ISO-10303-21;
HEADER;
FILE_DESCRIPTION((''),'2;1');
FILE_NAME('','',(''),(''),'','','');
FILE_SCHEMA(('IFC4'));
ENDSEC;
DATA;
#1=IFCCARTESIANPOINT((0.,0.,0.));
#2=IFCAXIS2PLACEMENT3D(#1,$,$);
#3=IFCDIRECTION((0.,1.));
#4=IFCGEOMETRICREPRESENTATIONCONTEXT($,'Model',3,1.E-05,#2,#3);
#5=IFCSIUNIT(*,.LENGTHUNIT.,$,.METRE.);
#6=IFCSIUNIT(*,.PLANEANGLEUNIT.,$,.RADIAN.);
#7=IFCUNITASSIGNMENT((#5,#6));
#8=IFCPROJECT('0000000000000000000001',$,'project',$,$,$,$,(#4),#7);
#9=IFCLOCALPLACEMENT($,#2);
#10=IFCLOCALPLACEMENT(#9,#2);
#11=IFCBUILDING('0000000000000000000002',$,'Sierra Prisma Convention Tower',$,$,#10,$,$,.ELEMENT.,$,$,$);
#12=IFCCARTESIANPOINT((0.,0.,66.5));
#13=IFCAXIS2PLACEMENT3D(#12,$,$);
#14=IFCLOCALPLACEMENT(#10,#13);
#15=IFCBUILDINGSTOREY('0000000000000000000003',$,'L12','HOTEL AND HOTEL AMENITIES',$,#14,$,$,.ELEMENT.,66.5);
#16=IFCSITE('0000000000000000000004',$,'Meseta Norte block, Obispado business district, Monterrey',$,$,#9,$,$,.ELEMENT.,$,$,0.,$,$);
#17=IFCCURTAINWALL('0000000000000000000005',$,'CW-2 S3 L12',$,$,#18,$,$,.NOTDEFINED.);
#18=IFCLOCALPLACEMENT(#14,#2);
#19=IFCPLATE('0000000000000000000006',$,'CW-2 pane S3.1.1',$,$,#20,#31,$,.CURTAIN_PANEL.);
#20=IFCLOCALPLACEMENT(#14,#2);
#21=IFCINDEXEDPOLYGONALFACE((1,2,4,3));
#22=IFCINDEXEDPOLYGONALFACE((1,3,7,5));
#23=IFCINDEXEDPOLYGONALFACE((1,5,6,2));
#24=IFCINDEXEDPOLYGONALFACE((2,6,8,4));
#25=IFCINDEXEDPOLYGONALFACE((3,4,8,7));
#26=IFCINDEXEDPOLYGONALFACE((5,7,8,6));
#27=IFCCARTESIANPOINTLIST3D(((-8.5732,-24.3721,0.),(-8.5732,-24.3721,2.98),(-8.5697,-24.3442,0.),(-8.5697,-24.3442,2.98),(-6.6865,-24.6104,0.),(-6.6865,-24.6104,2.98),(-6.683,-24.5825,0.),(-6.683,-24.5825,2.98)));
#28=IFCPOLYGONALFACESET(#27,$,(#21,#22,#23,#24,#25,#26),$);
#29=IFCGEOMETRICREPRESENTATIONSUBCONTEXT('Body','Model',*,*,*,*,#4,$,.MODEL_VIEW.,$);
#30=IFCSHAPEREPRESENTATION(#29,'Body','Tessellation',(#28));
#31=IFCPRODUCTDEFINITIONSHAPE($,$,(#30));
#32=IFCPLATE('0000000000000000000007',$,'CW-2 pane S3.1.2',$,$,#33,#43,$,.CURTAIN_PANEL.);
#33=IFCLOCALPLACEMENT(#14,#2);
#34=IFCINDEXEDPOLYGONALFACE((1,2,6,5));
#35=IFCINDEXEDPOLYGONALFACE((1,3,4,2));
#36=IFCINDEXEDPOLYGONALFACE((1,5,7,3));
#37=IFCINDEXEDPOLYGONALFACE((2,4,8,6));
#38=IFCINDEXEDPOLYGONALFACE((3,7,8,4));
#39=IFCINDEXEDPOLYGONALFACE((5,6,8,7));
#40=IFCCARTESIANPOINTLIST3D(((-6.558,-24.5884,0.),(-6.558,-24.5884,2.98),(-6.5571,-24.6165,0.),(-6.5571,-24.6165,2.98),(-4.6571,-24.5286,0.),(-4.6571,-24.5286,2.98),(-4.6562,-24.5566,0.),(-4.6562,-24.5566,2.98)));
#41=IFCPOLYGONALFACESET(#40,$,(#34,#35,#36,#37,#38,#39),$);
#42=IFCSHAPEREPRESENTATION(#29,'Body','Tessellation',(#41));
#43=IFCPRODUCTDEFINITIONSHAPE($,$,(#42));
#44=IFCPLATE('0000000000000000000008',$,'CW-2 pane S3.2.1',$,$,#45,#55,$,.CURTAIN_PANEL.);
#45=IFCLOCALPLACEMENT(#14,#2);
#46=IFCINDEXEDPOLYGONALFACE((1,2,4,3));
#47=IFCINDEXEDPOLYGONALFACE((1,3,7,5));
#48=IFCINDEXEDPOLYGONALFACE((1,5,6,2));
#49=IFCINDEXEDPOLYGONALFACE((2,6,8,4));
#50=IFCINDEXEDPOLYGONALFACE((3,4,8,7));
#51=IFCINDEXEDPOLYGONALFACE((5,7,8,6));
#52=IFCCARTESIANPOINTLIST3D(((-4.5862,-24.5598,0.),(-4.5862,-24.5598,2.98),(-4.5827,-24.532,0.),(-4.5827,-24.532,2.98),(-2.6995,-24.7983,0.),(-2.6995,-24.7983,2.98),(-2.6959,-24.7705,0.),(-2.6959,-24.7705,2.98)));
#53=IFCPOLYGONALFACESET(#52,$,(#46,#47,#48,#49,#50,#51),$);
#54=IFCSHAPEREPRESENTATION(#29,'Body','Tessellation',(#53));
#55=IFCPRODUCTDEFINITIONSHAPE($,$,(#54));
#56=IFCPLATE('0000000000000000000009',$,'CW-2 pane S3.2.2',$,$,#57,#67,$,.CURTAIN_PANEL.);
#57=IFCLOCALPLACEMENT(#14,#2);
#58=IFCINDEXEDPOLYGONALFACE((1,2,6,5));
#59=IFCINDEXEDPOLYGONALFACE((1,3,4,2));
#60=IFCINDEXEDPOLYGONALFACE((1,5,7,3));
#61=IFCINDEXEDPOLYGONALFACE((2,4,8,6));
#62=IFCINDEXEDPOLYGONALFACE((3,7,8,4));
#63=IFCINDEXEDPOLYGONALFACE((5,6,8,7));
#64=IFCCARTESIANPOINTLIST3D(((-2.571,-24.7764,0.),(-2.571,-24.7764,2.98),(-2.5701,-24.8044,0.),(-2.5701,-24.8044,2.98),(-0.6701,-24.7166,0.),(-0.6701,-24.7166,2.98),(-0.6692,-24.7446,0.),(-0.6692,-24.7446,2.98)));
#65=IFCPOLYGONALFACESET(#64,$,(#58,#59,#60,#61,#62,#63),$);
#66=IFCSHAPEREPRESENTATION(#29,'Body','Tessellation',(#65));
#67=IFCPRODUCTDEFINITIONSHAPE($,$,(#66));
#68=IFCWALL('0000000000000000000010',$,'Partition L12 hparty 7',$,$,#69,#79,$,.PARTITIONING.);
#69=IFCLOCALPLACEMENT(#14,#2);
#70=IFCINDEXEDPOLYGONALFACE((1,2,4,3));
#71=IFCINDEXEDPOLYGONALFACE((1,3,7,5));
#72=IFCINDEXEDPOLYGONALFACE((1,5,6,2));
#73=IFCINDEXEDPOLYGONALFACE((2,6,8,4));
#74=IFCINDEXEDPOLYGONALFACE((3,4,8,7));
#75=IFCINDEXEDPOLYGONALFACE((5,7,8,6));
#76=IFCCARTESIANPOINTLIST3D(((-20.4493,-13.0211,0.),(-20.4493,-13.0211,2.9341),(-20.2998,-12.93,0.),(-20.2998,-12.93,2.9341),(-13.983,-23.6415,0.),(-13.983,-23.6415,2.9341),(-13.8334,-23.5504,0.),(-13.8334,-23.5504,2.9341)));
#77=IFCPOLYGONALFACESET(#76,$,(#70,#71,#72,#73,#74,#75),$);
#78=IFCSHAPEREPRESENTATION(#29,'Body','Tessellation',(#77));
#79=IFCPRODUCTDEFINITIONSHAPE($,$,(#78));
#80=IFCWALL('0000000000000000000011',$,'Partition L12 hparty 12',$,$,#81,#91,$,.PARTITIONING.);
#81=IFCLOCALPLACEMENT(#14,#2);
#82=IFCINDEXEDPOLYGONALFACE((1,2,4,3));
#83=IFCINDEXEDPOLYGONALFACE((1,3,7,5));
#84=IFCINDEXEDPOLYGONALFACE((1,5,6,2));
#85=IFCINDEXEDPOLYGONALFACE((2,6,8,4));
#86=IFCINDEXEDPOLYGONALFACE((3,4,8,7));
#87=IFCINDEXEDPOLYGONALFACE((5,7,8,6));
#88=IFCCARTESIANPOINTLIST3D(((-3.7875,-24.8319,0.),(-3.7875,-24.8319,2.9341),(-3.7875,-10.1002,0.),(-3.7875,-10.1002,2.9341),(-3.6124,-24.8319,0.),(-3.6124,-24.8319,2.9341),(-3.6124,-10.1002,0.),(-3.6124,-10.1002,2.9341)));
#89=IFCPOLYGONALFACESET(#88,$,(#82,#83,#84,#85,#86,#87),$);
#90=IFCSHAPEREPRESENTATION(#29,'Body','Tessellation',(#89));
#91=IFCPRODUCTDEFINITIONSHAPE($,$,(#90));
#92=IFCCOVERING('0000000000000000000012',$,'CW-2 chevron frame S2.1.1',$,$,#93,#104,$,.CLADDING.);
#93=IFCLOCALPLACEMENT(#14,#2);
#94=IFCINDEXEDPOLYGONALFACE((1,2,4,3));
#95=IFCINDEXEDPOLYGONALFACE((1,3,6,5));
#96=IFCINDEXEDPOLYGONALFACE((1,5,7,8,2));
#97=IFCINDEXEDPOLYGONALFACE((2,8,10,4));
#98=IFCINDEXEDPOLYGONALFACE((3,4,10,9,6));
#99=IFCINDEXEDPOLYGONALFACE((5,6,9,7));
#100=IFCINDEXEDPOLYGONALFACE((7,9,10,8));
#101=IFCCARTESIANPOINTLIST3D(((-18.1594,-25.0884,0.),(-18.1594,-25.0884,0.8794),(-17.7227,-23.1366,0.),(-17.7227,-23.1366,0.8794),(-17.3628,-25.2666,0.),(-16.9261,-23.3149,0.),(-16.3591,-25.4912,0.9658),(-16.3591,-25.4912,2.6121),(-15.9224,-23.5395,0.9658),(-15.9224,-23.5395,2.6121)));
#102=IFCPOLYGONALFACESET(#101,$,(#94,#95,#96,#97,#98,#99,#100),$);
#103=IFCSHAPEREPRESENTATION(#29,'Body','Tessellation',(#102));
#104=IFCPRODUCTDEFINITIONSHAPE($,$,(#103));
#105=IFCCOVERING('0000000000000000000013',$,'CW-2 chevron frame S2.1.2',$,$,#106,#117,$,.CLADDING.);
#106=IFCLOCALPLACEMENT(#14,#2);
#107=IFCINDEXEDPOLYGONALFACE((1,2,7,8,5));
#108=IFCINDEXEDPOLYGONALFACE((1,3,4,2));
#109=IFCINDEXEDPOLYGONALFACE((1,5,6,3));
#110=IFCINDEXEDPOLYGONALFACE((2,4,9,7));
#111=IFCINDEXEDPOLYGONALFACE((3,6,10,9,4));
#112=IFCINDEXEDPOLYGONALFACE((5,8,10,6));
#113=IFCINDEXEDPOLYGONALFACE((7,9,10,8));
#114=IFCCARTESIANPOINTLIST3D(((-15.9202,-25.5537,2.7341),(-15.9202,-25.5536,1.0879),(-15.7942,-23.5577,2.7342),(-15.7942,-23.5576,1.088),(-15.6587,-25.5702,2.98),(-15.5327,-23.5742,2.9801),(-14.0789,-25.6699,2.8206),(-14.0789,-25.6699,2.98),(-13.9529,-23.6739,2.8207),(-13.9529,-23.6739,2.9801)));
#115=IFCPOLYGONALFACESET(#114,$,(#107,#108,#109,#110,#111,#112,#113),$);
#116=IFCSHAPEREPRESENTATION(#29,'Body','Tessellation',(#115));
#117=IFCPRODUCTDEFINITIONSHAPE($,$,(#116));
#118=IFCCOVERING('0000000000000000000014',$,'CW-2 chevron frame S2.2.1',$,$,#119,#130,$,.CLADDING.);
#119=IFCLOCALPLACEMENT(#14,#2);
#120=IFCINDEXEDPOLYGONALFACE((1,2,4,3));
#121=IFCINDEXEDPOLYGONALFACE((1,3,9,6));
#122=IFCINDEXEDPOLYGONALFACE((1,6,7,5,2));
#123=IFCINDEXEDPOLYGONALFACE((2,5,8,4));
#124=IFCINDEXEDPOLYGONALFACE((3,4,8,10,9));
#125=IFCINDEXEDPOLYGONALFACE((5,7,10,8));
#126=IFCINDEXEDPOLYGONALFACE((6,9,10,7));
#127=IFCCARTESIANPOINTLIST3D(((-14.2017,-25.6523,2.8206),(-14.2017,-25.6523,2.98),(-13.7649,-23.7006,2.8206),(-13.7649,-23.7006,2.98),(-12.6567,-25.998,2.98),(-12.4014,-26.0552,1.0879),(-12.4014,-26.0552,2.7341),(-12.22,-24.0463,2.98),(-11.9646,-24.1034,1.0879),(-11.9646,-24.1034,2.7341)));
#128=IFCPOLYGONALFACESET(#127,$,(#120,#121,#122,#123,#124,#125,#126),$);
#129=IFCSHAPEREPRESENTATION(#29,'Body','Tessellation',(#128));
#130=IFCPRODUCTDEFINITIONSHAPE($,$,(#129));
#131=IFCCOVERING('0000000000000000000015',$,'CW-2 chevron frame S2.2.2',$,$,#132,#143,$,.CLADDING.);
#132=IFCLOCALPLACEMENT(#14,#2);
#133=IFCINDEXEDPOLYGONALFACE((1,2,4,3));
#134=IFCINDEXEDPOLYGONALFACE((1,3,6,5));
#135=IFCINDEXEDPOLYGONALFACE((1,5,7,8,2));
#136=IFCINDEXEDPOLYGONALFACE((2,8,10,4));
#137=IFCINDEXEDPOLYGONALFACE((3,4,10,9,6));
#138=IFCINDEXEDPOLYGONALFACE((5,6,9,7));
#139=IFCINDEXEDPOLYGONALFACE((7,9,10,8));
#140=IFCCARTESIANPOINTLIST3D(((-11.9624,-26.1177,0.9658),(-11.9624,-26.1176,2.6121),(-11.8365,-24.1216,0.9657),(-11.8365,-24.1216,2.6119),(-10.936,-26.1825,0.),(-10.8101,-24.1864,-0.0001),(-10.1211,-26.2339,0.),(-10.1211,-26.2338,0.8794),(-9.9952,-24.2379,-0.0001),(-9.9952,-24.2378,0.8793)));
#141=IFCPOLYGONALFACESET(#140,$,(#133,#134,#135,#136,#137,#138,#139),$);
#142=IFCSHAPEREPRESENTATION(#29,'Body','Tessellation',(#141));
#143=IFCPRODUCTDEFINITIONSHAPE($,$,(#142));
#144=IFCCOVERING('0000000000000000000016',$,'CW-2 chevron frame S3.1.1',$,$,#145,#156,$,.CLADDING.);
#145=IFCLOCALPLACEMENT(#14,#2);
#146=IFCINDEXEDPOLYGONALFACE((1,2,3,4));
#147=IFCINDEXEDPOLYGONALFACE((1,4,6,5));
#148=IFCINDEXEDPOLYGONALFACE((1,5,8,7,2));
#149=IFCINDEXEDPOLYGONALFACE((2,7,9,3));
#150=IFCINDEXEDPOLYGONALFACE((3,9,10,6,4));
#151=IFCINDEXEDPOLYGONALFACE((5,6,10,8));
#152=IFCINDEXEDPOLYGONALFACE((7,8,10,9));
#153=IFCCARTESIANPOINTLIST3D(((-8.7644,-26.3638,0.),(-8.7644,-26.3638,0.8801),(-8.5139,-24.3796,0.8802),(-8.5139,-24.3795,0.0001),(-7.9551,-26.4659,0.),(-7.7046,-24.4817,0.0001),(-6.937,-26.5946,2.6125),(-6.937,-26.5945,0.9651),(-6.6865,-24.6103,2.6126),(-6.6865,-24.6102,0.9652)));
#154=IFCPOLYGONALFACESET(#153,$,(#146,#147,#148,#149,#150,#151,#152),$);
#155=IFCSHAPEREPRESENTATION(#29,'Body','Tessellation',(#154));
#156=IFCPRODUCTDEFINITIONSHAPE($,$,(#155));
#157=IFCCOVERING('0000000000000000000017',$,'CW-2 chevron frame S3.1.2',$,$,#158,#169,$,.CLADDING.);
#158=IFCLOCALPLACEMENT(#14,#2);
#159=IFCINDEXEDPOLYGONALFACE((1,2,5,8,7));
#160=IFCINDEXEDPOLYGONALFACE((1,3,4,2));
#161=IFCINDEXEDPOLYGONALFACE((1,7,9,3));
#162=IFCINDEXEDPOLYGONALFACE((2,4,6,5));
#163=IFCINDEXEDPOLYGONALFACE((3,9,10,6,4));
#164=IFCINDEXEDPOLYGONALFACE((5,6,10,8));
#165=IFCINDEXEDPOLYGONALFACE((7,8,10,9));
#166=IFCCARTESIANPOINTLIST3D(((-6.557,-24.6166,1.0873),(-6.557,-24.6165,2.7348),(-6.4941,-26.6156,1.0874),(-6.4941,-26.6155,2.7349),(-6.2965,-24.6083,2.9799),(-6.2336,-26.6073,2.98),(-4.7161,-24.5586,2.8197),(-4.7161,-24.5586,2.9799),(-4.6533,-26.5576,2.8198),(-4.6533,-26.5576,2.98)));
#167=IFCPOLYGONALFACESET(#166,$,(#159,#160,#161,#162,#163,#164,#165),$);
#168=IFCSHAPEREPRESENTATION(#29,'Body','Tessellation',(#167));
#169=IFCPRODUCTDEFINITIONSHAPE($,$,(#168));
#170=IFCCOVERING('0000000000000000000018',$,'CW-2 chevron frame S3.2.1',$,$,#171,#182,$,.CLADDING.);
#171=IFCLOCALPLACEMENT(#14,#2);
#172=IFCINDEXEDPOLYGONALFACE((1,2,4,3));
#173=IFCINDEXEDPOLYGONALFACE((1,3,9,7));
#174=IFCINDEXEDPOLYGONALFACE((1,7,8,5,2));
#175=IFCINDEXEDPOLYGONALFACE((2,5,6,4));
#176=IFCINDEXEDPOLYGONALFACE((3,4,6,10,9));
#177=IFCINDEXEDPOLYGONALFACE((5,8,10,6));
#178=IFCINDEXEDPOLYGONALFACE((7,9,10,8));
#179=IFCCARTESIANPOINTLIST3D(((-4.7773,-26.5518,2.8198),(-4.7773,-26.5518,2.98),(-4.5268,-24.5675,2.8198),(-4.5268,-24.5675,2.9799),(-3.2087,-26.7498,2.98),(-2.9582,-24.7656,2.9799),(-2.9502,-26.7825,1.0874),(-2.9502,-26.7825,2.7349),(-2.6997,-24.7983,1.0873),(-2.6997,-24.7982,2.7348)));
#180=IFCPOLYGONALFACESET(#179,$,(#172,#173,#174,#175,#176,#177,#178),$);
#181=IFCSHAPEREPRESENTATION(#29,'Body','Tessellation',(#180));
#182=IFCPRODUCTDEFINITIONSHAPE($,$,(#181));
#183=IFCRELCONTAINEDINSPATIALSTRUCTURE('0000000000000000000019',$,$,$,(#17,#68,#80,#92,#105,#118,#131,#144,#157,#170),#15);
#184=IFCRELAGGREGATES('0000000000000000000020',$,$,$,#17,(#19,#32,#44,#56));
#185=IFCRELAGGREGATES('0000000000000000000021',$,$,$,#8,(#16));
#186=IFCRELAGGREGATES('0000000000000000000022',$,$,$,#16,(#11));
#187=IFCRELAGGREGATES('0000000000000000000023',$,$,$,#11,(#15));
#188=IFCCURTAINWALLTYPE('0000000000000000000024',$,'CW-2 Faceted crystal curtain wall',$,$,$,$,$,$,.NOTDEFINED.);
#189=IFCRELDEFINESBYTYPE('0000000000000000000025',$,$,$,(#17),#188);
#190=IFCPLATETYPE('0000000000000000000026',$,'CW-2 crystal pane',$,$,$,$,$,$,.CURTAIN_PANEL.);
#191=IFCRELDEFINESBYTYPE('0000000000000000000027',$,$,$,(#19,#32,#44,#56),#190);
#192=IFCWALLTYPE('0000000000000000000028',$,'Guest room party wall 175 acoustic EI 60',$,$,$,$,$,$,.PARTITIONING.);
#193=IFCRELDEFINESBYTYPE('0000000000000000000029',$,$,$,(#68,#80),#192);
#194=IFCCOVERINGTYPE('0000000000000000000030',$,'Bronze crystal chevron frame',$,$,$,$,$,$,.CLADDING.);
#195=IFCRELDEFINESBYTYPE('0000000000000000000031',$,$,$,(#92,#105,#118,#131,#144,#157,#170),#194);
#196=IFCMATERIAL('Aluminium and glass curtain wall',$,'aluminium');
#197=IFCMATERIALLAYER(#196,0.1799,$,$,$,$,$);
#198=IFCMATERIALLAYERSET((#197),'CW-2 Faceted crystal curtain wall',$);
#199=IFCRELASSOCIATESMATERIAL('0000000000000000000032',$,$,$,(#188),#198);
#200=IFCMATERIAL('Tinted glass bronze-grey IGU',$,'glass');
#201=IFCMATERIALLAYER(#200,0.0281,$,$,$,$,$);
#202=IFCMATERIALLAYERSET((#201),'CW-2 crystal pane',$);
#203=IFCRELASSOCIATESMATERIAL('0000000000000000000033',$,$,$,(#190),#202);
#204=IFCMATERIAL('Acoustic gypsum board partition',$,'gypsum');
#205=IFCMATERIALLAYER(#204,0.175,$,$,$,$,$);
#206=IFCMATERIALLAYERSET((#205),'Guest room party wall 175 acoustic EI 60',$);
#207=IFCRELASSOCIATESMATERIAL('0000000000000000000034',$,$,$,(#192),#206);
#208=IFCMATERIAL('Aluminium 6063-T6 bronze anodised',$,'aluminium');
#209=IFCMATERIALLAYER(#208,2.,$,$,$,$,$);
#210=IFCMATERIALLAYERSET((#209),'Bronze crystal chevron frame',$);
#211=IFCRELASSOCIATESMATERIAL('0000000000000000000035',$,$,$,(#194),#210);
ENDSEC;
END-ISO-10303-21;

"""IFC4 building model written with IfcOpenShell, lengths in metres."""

from ifc_helpers import new_model, si_unit, direction, frame, frame_2d, origin, place, context, subcontext, project, spatial, polyline, rectangle, outline, extrude, material, layer, layer_set, type_object, element, aggregate, save


model = new_model("IFC4")

# Units and contexts
model_context = context("Model", 3, precision=1e-05, world=origin(), true_north=direction((0.0, 1.0)))
body_context = subcontext(model_context, "Body", "Model", "MODEL_VIEW")
ifc_project = project(units=[si_unit("LENGTHUNIT", "METRE"), si_unit("PLANEANGLEUNIT", "RADIAN")], contexts=[model_context])

# Site, building, storey
site_placement = place(None, origin())
site = spatial("IfcSite", under=ifc_project, at=site_placement, Name="Meseta Norte block, Obispado business district, Monterrey", CompositionType="ELEMENT", RefElevation=0.0)
building_placement = place(site_placement, origin())
building = spatial("IfcBuilding", under=site, at=building_placement, Name="Sierra Prisma Convention Tower", CompositionType="ELEMENT")
storey_placement = place(building_placement, frame((0.0, 0.0, 66.5)))
storey = spatial("IfcBuildingStorey", under=building, at=storey_placement, Name="L12", Description="HOTEL AND HOTEL AMENITIES", CompositionType="ELEMENT", Elevation=66.5)

# Curtain wall
ifc_material_1 = material(Name="Aluminium and glass curtain wall", Category="aluminium")
ifc_layer_1 = layer(ifc_material_1, 0.1799)
ifc_layer_set_1 = layer_set([ifc_layer_1], Name="CW-2 Faceted crystal curtain wall")
curtain_wall_type = type_object("IfcCurtainWallType", Name="CW-2 Faceted crystal curtain wall", PredefinedType="NOTDEFINED", material=ifc_layer_set_1)
curtain_wall_1_placement = place(storey_placement, origin())
curtain_wall_1 = element("IfcCurtainWall", 1, at=curtain_wall_1_placement, inside=storey, type_object=curtain_wall_type, Name="CW-2 S3 L12", PredefinedType="NOTDEFINED")

# Plates
ifc_material_2 = material(Name="Tinted glass bronze-grey IGU", Category="glass")
ifc_layer_2 = layer(ifc_material_2, 0.0281)
ifc_layer_set_2 = layer_set([ifc_layer_2], Name="CW-2 crystal pane")
plate_type = type_object("IfcPlateType", Name="CW-2 crystal pane", PredefinedType="CURTAIN_PANEL", material=ifc_layer_set_2)
plate_1_placement = place(storey_placement, frame((-8.5732, -24.3721, 0.0), z_axis=(-0.125299, -0.992119, 0.0), x_axis=(0.992119, -0.125299, 0.0)))
plate_1 = element("IfcPlate", 2, at=plate_1_placement, type_object=plate_type, Name="CW-2 pane S3.1.1", PredefinedType="CURTAIN_PANEL", context=body_context, shape_type="SweptSolid", body=[
    extrude(outline(polyline([(0.0, 0.0), (1.9017, 0.0), (1.9017, 2.98), (0.0, 2.98), (0.0, 0.0)])), origin(), (0.0, 0.0, -1.0), 0.0281),
])
plate_2_placement = place(storey_placement, frame((-4.6562, -24.5566, 0.0), z_axis=(0.031451, -0.999505, 0.0), x_axis=(-0.999505, -0.031451, 0.0)))
plate_2 = element("IfcPlate", 3, at=plate_2_placement, type_object=plate_type, Name="CW-2 pane S3.1.2", PredefinedType="CURTAIN_PANEL", context=body_context, shape_type="SweptSolid", body=[
    extrude(outline(polyline([(0.0, 0.0), (1.9018, 0.0), (1.9018, -2.98), (0.0, -2.98), (0.0, 0.0)])), origin(), (0.0, 0.0, -1.0), 0.0281),
])
plate_3_placement = place(storey_placement, frame((-4.5862, -24.5598, 0.0), z_axis=(-0.125425, -0.992103, 0.0), x_axis=(0.992103, -0.125425, 0.0)))
plate_3 = element("IfcPlate", 4, at=plate_3_placement, type_object=plate_type, Name="CW-2 pane S3.2.1", PredefinedType="CURTAIN_PANEL", context=body_context, shape_type="SweptSolid", body=[
    extrude(outline(polyline([(0.0, 0.0), (1.9017, 0.0), (1.9017, 2.98), (0.0, 2.98), (0.0, 0.0)])), origin(), (0.0, 0.0, -1.0), 0.0281),
])
plate_4_placement = place(storey_placement, frame((-0.6692, -24.7446, 0.0), z_axis=(0.031451, -0.999505, 0.0), x_axis=(-0.999505, -0.031451, 0.0)))
plate_4 = element("IfcPlate", 5, at=plate_4_placement, type_object=plate_type, Name="CW-2 pane S3.2.2", PredefinedType="CURTAIN_PANEL", context=body_context, shape_type="SweptSolid", body=[
    extrude(outline(polyline([(0.0, 0.0), (1.9018, 0.0), (1.9018, -2.98), (0.0, -2.98), (0.0, 0.0)])), origin(), (0.0, 0.0, -1.0), 0.0281),
])
aggregate(curtain_wall_1, [plate_1, plate_2, plate_3, plate_4])

# Walls
ifc_material_3 = material(Name="Acoustic gypsum board partition", Category="gypsum")
ifc_layer_3 = layer(ifc_material_3, 0.175)
ifc_layer_set_3 = layer_set([ifc_layer_3], Name="Guest room party wall 175 acoustic EI 60")
wall_type = type_object("IfcWallType", Name="Guest room party wall 175 acoustic EI 60", PredefinedType="PARTITIONING", material=ifc_layer_set_3)
wall_1_placement = place(storey_placement, frame((-13.9082, -23.5959, 0.0), z_axis=(0.0, 0.0, 1.0), x_axis=(-0.520049, 0.854136, 0.0)))
element("IfcWall", 6, at=wall_1_placement, inside=storey, type_object=wall_type, Name="Partition L12 hparty 7", PredefinedType="PARTITIONING", context=body_context, shape_type="SweptSolid", body=[
    extrude(rectangle(XDim=12.4341, YDim=0.175, at=frame_2d((6.217, 0.0))), origin(), (0.0, 0.0, 1.0), 2.9341),
])
wall_2_placement = place(storey_placement, frame((-3.7, -24.8318, 0.0), z_axis=(0.0, 0.0, 1.0), x_axis=(0.0, 1.0, 0.0)))
element("IfcWall", 7, at=wall_2_placement, inside=storey, type_object=wall_type, Name="Partition L12 hparty 12", PredefinedType="PARTITIONING", context=body_context, shape_type="SweptSolid", body=[
    extrude(rectangle(XDim=14.7317, YDim=0.175, at=frame_2d((7.3657, 0.0))), origin(), (0.0, 0.0, 1.0), 2.9341),
])

# Coverings
ifc_material_4 = material(Name="Aluminium 6063-T6 bronze anodised", Category="aluminium")
ifc_layer_4 = layer(ifc_material_4, 2.0)
ifc_layer_set_4 = layer_set([ifc_layer_4], Name="Bronze crystal chevron frame")
covering_type = type_object("IfcCoveringType", Name="Bronze crystal chevron frame", PredefinedType="CLADDING", material=ifc_layer_set_4)
covering_1_placement = place(storey_placement, frame((-18.1594, -25.0884, 0.0), z_axis=(-0.218354, -0.97587, -0.00001), x_axis=(0.97587, -0.218354, 0.0)))
element("IfcCovering", 8, at=covering_1_placement, inside=storey, type_object=covering_type, Name="CW-2 chevron frame S2.1.1", PredefinedType="CLADDING", context=body_context, shape_type="SweptSolid", body=[
    extrude(outline(polyline([(0.0, 0.0), (0.8163, 0.0), (1.8448, 0.9658), (1.8448, 2.6121), (0.0, 0.8794), (0.0, 0.0)])), origin(), (0.0, 0.0, -1.0), 2.0),
])
covering_2_placement = place(storey_placement, frame((-15.9202, -25.5537, 2.7341), z_axis=(-0.062981, -0.998015, -0.000049), x_axis=(0.000003, 0.000049, -1.0)))
element("IfcCovering", 9, at=covering_2_placement, inside=storey, type_object=covering_type, Name="CW-2 chevron frame S2.1.2", PredefinedType="CLADDING", context=body_context, shape_type="SweptSolid", body=[
    extrude(outline(polyline([(0.0, 0.0), (1.6462, 0.0), (-0.0864, 1.845), (-0.2458, 1.845), (-0.2458, 0.262), (0.0, 0.0)])), origin(), (0.0, 0.0, -1.0), 2.0),
])
covering_3_placement = place(storey_placement, frame((-14.2017, -25.6523, 2.98), z_axis=(-0.21836, -0.975868, -0.000006), x_axis=(0.000001, 0.000006, -1.0)))
element("IfcCovering", 10, at=covering_3_placement, inside=storey, type_object=covering_type, Name="CW-2 chevron frame S2.2.1", PredefinedType="CLADDING", context=body_context, shape_type="SweptSolid", body=[
    extrude(outline(polyline([(0.0, 0.0), (0.1594, 0.0), (1.8921, 1.8448), (0.2458, 1.8448), (0.0, 1.5831), (0.0, 0.0)])), origin(), (0.0, 0.0, -1.0), 2.0),
])
covering_4_placement = place(storey_placement, frame((-10.1211, -26.2339, 0.0), z_axis=(-0.062959, -0.998016, 0.000055), x_axis=(0.000003, 0.000055, 1.0)))
element("IfcCovering", 11, at=covering_4_placement, inside=storey, type_object=covering_type, Name="CW-2 chevron frame S2.2.2", PredefinedType="CLADDING", context=body_context, shape_type="SweptSolid", body=[
    extrude(outline(polyline([(0.0, 0.0), (0.8794, 0.0), (2.6121, 1.845), (0.9658, 1.845), (0.0, 0.8166), (0.0, 0.0)])), origin(), (0.0, 0.0, -1.0), 2.0),
])
covering_5_placement = place(storey_placement, frame((-8.7644, -26.3638, 0.0), z_axis=(-0.125236, -0.992127, -0.000043), x_axis=(0.992127, -0.125236, 0.0)))
element("IfcCovering", 12, at=covering_5_placement, inside=storey, type_object=covering_type, Name="CW-2 chevron frame S3.1.1", PredefinedType="CLADDING", context=body_context, shape_type="SweptSolid", body=[
    extrude(outline(polyline([(0.0, 0.0), (0.8157, 0.0), (1.8419, 0.9651), (1.8419, 2.6125), (0.0, 0.8801), (0.0, 0.0)])), origin(), (0.0, 0.0, -1.0), 2.0),
])
covering_6_placement = place(storey_placement, frame((-6.4941, -26.6155, 2.7349), z_axis=(0.031409, -0.999507, 0.000056), x_axis=(0.000002, -0.000056, -1.0)))
element("IfcCovering", 13, at=covering_6_placement, inside=storey, type_object=covering_type, Name="CW-2 chevron frame S3.1.2", PredefinedType="CLADDING", context=body_context, shape_type="SweptSolid", body=[
    extrude(outline(polyline([(0.0, 0.0), (1.6475, 0.0), (-0.085, 1.8417), (-0.2451, 1.8417), (-0.2451, 0.2606), (0.0, 0.0)])), origin(), (0.0, 0.0, -1.0), 2.0),
])
covering_7_placement = place(storey_placement, frame((-4.7773, -26.5518, 2.98), z_axis=(-0.12527, -0.992123, 0.000034), x_axis=(-0.000004, -0.000033, -1.0)))
element("IfcCovering", 14, at=covering_7_placement, inside=storey, type_object=covering_type, Name="CW-2 chevron frame S3.2.1", PredefinedType="CLADDING", context=body_context, shape_type="SweptSolid", body=[
    extrude(outline(polyline([(0.0, 0.0), (0.1602, 0.0), (1.8926, 1.8417), (0.2451, 1.8417), (0.0, 1.5811), (0.0, 0.0)])), origin(), (0.0, 0.0, -1.0), 2.0),
])

save(model, "model.ifc")
